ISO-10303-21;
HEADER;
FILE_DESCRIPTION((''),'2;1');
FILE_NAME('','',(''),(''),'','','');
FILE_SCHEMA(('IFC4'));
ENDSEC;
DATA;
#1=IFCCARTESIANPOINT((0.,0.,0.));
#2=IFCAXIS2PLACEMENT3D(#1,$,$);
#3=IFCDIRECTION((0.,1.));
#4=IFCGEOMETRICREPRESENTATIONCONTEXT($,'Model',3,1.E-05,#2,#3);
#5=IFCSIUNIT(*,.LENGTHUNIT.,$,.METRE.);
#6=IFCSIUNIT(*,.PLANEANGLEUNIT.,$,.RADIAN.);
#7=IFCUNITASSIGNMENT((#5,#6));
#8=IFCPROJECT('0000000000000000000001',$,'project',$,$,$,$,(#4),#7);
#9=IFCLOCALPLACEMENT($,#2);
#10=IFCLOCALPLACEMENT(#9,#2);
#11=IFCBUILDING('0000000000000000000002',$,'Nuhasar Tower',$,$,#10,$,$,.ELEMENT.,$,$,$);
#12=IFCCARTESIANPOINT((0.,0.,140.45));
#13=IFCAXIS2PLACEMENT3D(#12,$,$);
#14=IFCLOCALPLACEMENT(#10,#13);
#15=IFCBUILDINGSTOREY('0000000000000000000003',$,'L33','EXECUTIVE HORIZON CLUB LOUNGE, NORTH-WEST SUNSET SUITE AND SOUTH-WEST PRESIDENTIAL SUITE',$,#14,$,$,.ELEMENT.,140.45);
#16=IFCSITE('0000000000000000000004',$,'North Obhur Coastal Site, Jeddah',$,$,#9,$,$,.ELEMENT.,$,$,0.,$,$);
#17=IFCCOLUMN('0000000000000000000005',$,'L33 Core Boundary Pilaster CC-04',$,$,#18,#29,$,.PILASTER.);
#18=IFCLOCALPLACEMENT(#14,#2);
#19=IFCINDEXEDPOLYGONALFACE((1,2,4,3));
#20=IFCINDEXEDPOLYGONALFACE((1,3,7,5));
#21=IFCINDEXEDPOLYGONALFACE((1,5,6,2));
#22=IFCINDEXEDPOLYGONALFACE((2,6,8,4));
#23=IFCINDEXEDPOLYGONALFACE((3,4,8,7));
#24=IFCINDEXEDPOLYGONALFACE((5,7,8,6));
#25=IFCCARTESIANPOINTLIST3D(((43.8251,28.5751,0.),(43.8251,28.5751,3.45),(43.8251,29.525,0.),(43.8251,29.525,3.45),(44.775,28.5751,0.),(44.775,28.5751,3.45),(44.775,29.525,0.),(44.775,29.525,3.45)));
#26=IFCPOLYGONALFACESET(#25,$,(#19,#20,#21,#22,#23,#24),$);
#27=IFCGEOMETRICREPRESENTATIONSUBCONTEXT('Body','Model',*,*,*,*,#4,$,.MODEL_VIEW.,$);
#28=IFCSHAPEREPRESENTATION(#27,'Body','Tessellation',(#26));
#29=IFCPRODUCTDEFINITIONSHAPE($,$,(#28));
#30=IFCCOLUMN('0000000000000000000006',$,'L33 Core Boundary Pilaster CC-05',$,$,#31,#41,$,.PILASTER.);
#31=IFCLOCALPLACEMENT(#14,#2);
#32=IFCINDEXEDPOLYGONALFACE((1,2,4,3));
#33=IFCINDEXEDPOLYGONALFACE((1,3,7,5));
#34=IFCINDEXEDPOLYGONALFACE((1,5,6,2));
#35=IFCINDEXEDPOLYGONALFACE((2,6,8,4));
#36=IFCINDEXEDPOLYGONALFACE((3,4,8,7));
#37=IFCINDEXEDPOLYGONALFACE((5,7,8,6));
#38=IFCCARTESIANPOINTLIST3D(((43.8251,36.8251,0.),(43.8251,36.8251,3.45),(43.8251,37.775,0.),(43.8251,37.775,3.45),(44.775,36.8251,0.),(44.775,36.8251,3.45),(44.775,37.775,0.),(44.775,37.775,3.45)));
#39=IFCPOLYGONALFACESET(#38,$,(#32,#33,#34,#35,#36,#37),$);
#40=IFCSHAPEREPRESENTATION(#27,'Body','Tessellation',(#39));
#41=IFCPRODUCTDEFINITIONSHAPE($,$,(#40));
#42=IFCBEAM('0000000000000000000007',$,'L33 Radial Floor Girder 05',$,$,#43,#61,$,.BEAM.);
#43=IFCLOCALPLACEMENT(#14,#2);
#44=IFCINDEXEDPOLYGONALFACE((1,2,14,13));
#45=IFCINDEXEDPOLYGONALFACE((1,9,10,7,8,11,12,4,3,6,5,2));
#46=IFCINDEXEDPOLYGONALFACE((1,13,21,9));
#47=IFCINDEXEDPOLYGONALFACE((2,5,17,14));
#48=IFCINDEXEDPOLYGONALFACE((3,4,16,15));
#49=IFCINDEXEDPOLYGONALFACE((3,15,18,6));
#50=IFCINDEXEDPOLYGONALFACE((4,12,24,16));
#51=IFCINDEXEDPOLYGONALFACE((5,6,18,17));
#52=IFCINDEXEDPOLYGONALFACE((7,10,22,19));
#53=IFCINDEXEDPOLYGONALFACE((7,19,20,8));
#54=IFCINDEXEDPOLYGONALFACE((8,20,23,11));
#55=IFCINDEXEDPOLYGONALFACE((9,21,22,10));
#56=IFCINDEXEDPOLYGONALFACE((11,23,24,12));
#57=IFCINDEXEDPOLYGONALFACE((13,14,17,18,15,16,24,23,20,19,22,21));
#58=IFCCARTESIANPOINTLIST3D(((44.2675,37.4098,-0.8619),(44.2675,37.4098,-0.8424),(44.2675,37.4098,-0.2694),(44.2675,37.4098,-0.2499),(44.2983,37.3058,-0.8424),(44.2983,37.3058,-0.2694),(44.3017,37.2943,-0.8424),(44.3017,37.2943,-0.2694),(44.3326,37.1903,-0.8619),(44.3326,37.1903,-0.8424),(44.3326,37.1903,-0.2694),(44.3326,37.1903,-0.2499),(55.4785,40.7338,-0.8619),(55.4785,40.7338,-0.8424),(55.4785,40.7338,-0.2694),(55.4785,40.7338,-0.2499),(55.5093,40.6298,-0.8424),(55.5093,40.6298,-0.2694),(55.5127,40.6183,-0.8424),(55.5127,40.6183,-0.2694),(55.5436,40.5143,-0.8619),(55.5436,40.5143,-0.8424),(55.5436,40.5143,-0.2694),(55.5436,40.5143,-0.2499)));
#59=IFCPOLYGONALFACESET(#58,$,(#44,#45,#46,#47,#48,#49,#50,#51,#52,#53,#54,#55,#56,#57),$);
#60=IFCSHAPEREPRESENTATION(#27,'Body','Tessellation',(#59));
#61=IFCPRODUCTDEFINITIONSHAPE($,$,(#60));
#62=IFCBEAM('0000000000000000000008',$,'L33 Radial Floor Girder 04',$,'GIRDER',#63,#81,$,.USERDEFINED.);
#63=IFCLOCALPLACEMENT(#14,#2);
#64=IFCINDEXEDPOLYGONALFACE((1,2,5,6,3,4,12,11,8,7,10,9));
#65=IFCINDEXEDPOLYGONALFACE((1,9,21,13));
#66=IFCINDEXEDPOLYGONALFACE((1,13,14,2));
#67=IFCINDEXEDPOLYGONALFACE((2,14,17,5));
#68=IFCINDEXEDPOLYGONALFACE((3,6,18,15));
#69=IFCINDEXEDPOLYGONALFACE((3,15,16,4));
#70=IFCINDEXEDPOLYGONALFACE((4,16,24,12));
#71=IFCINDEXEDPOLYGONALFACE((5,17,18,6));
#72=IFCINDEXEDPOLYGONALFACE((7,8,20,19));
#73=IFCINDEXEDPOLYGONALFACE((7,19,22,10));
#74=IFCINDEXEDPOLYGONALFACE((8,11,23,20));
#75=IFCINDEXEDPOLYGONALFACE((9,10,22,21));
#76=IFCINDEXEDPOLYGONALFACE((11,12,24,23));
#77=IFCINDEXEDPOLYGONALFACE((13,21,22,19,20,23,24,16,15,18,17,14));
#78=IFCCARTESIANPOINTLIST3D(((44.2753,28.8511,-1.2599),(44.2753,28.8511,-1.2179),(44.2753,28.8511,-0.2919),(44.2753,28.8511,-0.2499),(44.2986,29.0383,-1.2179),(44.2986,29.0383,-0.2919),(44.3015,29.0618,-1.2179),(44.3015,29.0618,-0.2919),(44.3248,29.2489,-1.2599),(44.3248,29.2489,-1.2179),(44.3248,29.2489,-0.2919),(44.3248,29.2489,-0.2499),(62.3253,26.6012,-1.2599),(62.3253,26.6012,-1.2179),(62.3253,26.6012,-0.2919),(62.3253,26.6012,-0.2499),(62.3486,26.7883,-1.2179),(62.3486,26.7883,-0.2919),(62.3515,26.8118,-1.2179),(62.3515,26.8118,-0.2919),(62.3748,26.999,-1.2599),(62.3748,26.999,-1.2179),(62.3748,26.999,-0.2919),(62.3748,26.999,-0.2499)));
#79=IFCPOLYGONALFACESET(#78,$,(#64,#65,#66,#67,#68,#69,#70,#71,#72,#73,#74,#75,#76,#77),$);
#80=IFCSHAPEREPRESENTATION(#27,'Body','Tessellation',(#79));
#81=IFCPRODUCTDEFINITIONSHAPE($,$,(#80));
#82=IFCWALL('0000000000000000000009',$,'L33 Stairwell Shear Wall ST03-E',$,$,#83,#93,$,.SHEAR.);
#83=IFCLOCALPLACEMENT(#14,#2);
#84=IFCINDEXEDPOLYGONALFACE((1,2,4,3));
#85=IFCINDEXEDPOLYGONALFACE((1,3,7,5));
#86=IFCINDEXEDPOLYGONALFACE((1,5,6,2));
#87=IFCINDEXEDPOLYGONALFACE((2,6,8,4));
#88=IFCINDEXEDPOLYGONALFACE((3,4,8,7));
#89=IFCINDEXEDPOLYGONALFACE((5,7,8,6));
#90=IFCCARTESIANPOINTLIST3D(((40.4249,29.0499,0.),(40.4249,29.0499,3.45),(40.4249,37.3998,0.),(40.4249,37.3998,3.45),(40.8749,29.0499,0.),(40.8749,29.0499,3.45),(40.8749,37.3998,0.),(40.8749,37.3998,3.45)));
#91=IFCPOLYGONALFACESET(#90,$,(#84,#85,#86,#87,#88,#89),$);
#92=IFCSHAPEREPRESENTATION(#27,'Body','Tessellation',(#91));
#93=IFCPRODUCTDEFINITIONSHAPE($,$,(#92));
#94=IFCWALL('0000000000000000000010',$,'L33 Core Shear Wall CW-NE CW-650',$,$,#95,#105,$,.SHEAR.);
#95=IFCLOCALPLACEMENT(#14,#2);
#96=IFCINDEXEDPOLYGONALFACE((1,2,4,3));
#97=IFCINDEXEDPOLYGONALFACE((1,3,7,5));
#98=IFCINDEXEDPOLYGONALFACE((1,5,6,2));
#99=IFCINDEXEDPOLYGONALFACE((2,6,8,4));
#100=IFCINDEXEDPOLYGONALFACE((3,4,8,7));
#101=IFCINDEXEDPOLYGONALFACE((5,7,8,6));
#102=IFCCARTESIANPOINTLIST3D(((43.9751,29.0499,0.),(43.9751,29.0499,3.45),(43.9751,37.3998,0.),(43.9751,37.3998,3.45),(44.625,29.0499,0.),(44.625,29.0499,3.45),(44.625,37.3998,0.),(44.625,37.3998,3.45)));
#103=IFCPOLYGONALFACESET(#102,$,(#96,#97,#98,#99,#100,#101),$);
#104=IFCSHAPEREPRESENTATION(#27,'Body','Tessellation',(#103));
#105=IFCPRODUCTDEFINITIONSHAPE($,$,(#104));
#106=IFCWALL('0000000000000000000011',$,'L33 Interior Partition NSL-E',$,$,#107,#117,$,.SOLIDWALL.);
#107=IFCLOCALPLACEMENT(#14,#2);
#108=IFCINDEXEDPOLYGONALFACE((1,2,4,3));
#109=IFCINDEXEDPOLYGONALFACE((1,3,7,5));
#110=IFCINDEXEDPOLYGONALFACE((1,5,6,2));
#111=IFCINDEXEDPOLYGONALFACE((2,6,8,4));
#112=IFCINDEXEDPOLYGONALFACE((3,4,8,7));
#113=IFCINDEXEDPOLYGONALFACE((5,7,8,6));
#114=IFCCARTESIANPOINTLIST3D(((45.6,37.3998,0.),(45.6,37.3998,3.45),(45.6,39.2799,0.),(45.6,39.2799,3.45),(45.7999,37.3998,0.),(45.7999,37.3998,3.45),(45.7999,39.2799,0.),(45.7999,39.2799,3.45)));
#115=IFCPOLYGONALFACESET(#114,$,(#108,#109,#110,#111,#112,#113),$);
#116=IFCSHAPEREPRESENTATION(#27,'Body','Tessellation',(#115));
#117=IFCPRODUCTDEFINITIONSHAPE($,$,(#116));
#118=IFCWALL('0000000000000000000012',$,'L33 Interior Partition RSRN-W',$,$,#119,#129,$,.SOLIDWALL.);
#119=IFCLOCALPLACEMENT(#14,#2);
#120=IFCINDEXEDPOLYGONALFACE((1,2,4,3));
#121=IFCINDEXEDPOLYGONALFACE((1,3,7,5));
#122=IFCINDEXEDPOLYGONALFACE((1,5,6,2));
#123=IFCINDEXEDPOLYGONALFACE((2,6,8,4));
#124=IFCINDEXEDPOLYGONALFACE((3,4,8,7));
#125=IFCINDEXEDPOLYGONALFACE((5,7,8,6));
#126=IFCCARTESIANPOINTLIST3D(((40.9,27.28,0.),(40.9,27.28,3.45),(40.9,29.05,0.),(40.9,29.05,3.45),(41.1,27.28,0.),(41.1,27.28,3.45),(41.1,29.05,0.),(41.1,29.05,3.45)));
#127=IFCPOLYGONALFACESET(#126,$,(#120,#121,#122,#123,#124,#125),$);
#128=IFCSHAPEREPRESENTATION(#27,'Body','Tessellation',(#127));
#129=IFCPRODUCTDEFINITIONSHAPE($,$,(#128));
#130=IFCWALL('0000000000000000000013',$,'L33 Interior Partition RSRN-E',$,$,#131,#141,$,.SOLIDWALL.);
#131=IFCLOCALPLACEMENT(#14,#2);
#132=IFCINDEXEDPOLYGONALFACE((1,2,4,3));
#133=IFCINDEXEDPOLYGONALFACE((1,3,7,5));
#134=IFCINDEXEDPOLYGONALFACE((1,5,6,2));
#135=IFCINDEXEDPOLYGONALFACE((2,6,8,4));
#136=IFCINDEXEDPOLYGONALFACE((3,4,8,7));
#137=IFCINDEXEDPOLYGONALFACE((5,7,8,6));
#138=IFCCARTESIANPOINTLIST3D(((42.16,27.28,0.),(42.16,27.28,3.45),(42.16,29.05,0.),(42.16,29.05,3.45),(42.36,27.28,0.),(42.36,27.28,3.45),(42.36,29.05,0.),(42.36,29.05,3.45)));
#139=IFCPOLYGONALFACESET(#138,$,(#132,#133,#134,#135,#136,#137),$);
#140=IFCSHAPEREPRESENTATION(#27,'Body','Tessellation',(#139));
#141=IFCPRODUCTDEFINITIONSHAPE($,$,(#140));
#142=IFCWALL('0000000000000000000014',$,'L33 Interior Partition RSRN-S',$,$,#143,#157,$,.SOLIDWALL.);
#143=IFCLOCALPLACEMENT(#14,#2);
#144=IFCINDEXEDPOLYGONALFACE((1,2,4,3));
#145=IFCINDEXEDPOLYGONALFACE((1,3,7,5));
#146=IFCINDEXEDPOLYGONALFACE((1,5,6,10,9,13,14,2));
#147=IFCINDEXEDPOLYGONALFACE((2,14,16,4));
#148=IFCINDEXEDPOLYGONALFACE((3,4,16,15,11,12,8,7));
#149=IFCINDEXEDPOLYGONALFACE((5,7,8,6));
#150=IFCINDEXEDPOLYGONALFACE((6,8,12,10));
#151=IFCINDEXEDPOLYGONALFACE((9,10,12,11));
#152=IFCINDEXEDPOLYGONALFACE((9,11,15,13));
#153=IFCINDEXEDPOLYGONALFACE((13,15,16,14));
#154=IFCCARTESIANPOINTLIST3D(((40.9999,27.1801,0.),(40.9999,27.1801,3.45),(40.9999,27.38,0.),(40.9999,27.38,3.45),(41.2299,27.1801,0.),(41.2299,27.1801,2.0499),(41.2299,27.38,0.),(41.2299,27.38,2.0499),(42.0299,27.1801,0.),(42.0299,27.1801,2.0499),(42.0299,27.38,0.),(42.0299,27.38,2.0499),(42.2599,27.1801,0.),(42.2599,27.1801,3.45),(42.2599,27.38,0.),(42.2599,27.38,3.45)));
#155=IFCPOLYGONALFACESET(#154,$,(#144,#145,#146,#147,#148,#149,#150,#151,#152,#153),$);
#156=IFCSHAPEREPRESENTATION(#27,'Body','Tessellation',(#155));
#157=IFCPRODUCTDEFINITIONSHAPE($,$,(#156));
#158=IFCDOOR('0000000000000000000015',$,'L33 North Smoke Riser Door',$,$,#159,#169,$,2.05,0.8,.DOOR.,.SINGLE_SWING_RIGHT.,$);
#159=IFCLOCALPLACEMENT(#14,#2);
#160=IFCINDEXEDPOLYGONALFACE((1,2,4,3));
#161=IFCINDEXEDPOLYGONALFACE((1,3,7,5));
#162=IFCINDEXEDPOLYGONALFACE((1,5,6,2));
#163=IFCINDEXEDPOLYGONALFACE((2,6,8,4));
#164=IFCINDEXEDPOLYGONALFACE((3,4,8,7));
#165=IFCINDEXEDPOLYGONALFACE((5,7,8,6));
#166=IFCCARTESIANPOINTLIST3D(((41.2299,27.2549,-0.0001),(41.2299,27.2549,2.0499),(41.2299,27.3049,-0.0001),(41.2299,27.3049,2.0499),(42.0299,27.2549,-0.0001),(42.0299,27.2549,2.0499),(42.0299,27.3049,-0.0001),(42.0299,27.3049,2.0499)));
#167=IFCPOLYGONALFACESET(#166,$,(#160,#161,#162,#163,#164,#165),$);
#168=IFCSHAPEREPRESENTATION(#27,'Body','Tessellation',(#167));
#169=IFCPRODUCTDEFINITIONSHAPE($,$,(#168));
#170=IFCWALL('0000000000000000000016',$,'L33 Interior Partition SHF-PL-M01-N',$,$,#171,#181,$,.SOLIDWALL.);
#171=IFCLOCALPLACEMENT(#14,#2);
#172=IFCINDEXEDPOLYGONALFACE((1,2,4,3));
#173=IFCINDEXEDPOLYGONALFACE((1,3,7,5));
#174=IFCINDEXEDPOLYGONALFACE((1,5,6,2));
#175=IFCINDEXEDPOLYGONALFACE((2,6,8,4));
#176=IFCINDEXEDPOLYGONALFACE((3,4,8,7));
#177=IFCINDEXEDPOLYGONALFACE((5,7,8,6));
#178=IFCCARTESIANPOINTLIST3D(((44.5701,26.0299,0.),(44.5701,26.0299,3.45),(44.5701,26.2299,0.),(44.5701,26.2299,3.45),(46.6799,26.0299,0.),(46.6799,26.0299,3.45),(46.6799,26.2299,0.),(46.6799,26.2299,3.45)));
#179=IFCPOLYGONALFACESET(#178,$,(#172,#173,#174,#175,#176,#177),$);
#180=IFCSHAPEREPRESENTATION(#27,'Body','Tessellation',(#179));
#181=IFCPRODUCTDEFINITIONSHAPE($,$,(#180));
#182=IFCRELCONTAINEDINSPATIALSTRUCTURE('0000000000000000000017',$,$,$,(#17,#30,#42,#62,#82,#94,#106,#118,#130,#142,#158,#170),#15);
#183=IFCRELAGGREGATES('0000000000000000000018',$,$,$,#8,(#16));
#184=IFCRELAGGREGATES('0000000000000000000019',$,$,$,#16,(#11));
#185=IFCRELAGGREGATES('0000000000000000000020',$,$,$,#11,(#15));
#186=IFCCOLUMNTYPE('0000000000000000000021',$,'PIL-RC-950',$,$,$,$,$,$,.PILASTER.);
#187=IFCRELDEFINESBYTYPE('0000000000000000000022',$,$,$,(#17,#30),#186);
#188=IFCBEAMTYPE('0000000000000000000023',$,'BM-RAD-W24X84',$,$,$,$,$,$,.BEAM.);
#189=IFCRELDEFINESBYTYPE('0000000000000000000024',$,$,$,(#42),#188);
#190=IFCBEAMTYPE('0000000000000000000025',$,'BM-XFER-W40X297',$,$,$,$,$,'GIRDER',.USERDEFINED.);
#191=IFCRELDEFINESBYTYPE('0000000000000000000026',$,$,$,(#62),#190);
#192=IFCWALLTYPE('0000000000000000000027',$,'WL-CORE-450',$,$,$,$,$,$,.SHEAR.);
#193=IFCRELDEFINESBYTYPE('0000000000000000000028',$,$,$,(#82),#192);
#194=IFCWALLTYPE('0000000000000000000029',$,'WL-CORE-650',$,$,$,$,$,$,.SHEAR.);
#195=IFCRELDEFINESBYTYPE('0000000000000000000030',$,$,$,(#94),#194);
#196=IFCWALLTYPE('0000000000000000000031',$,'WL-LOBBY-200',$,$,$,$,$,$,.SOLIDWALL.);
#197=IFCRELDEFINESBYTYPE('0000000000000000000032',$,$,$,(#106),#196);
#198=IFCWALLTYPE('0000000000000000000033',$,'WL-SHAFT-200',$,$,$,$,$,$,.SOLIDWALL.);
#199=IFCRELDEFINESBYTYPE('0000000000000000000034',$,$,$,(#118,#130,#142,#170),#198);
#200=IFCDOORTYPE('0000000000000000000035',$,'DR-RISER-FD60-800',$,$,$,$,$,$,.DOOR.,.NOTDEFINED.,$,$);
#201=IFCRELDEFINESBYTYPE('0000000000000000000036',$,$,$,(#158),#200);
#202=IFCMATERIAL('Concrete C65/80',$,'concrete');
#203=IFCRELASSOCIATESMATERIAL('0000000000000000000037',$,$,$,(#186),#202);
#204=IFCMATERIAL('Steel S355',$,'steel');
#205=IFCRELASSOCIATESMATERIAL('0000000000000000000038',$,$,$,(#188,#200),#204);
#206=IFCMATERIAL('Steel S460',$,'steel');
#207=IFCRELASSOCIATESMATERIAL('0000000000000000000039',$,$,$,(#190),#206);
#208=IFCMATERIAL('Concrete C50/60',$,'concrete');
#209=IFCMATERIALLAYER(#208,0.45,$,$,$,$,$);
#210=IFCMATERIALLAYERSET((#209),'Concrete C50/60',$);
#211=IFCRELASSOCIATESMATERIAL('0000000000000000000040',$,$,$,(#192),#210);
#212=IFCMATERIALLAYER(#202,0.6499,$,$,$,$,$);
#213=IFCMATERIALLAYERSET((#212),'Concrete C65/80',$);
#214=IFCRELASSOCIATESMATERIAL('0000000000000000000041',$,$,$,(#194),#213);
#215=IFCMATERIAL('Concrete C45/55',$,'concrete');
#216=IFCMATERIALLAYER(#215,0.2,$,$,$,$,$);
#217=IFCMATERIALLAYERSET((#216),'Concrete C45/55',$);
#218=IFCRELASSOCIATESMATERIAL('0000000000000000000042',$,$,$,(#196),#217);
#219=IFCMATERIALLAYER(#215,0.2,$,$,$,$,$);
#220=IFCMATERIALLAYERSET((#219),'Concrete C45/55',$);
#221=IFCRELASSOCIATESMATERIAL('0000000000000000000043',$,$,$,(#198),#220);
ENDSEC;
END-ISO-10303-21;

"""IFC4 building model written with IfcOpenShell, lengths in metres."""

from ifc_helpers import new_model, si_unit, direction, frame, frame_2d, origin, origin_2d, place, context, subcontext, project, spatial, rectangle, i_section, extrude, material, layer, layer_set, material_profile, profile_set, type_object, element, fill, save


model = new_model("IFC4")

# Units and contexts
model_context = context("Model", 3, precision=1e-05, world=origin(), true_north=direction((0.0, 1.0)))
body_context = subcontext(model_context, "Body", "Model", "MODEL_VIEW")
ifc_project = project(units=[si_unit("LENGTHUNIT", "METRE"), si_unit("PLANEANGLEUNIT", "RADIAN")], contexts=[model_context])

# Site, building, storey
site_placement = place(None, origin())
site = spatial("IfcSite", under=ifc_project, at=site_placement, Name="North Obhur Coastal Site, Jeddah", CompositionType="ELEMENT", RefElevation=0.0)
building_placement = place(site_placement, origin())
building = spatial("IfcBuilding", under=site, at=building_placement, Name="Nuhasar Tower", CompositionType="ELEMENT")
storey_placement = place(building_placement, frame((0.0, 0.0, 140.45)))
storey = spatial("IfcBuildingStorey", under=building, at=storey_placement, Name="L33", Description="EXECUTIVE HORIZON CLUB LOUNGE, NORTH-WEST SUNSET SUITE AND SOUTH-WEST PRESIDENTIAL SUITE", CompositionType="ELEMENT", Elevation=140.45)

# Columns
ifc_material_1 = material(Name="Concrete C65/80", Category="concrete")
ifc_material_profile_1 = material_profile(ifc_material_1, rectangle(XDim=0.95, YDim=0.95, at=origin_2d()), Name="RC950X950")
ifc_profile_set_1 = profile_set([ifc_material_profile_1], Name="Concrete C65/80")
column_type = type_object("IfcColumnType", Name="PIL-RC-950", PredefinedType="PILASTER", material=ifc_profile_set_1)
for number, where, z_axis, x_axis, name in (
    (1, (44.3, 29.05, 0.0), (0.0, 0.0, 1.0), (1.0, 0.0, 0.0), "L33 Core Boundary Pilaster CC-04"),
    (2, (44.3, 37.3, 0.0), (0.0, 0.0, 1.0), (1.0, 0.0, 0.0), "L33 Core Boundary Pilaster CC-05"),
):
    element("IfcColumn", number, at=place(storey_placement, frame(where, z_axis=z_axis, x_axis=x_axis)), inside=storey, type_object=column_type, Name=name, PredefinedType="PILASTER", context=body_context, shape_type="SweptSolid", body=[
        extrude(rectangle(XDim=0.95, YDim=0.95, at=origin_2d()), origin(), (0.0, 0.0, 1.0), 3.45),
    ])

# Beams
ifc_material_2 = material(Name="Steel S355", Category="steel")
ifc_material_profile_2 = material_profile(ifc_material_2, i_section(OverallWidth=0.229, OverallDepth=0.6121, WebThickness=0.012, FlangeThickness=0.0195, at=origin_2d()), Name="W24X84")
ifc_profile_set_2 = profile_set([ifc_material_profile_2], Name="Steel S355")
beam_type_1 = type_object("IfcBeamType", Name="BM-RAD-W24X84", PredefinedType="BEAM", material=ifc_profile_set_2)
beam_1_placement = place(storey_placement, frame((44.3, 37.3, -0.5559), z_axis=(0.958746, 0.284262, 0.0), x_axis=(-0.284262, 0.958746, 0.0)))
element("IfcBeam", 3, at=beam_1_placement, inside=storey, type_object=beam_type_1, Name="L33 Radial Floor Girder 05", PredefinedType="BEAM", context=body_context, shape_type="SweptSolid", body=[
    extrude(i_section(OverallWidth=0.229, OverallDepth=0.6121, WebThickness=0.012, FlangeThickness=0.0195, at=origin_2d()), origin(), (0.0, 0.0, 1.0), 11.6934),
])
ifc_material_3 = material(Name="Steel S460", Category="steel")
ifc_material_profile_3 = material_profile(ifc_material_3, i_section(OverallWidth=0.4009, OverallDepth=1.01, WebThickness=0.0237, FlangeThickness=0.042, at=origin_2d()), Name="W40X297")
ifc_profile_set_3 = profile_set([ifc_material_profile_3], Name="Steel S460")
beam_type_2 = type_object("IfcBeamType", Name="BM-XFER-W40X297", ElementType="GIRDER", PredefinedType="USERDEFINED", material=ifc_profile_set_3)
beam_2_placement = place(storey_placement, frame((44.3, 29.05, -0.7549), z_axis=(0.99232, -0.123696, 0.0), x_axis=(0.123696, 0.99232, 0.0)))
element("IfcBeam", 4, at=beam_2_placement, inside=storey, type_object=beam_type_2, Name="L33 Radial Floor Girder 04", ObjectType="GIRDER", PredefinedType="USERDEFINED", context=body_context, shape_type="SweptSolid", body=[
    extrude(i_section(OverallWidth=0.4009, OverallDepth=1.01, WebThickness=0.0237, FlangeThickness=0.042, at=origin_2d()), origin(), (0.0, 0.0, 1.0), 18.1897),
])

# Shared definitions
ifc_material_4 = material(Name="Concrete C50/60", Category="concrete")
ifc_layer_1 = layer(ifc_material_4, 0.45)
ifc_layer_set_1 = layer_set([ifc_layer_1], Name="Concrete C50/60")
wall_type_1 = type_object("IfcWallType", Name="WL-CORE-450", PredefinedType="SHEAR", material=ifc_layer_set_1)

# Wall
wall_1_placement = place(storey_placement, frame((40.6499, 29.05, 0.0), z_axis=(0.0, 0.0, 1.0), x_axis=(0.0, 1.0, 0.0)))
element("IfcWall", 5, at=wall_1_placement, inside=storey, type_object=wall_type_1, Name="L33 Stairwell Shear Wall ST03-E", PredefinedType="SHEAR", context=body_context, shape_type="SweptSolid", body=[
    extrude(rectangle(XDim=8.3499, YDim=0.45, at=frame_2d((4.1748, 0.0))), origin(), (0.0, 0.0, 1.0), 3.45),
])

# Walls
ifc_layer_2 = layer(ifc_material_1, 0.6499)
ifc_layer_set_2 = layer_set([ifc_layer_2], Name="Concrete C65/80")
wall_type_2 = type_object("IfcWallType", Name="WL-CORE-650", PredefinedType="SHEAR", material=ifc_layer_set_2)
wall_2_placement = place(storey_placement, frame((44.3, 29.05, 0.0), z_axis=(0.0, 0.0, 1.0), x_axis=(0.0, 1.0, 0.0)))
element("IfcWall", 6, at=wall_2_placement, inside=storey, type_object=wall_type_2, Name="L33 Core Shear Wall CW-NE CW-650", PredefinedType="SHEAR", context=body_context, shape_type="SweptSolid", body=[
    extrude(rectangle(XDim=8.3499, YDim=0.6499, at=frame_2d((4.1748, 0.0))), origin(), (0.0, 0.0, 1.0), 3.45),
])
ifc_material_5 = material(Name="Concrete C45/55", Category="concrete")
ifc_layer_3 = layer(ifc_material_5, 0.2)
ifc_layer_set_3 = layer_set([ifc_layer_3], Name="Concrete C45/55")
wall_type_3 = type_object("IfcWallType", Name="WL-LOBBY-200", PredefinedType="SOLIDWALL", material=ifc_layer_set_3)
wall_3_placement = place(storey_placement, frame((45.7, 37.3999, 0.0), z_axis=(0.0, 0.0, 1.0), x_axis=(0.0, 1.0, 0.0)))
element("IfcWall", 7, at=wall_3_placement, inside=storey, type_object=wall_type_3, Name="L33 Interior Partition NSL-E", PredefinedType="SOLIDWALL", context=body_context, shape_type="SweptSolid", body=[
    extrude(rectangle(XDim=1.8801, YDim=0.2, at=frame_2d((0.9399, 0.0))), origin(), (0.0, 0.0, 1.0), 3.45),
])
ifc_layer_4 = layer(ifc_material_5, 0.2)
ifc_layer_set_4 = layer_set([ifc_layer_4], Name="Concrete C45/55")
wall_type_4 = type_object("IfcWallType", Name="WL-SHAFT-200", PredefinedType="SOLIDWALL", material=ifc_layer_set_4)
for number, where, z_axis, x_axis, name in (
    (8, (41.0, 27.28, 0.0), (0.0, 0.0, 1.0), (0.0, 1.0, 0.0), "L33 Interior Partition RSRN-W"),
    (9, (42.26, 27.28, 0.0), (0.0, 0.0, 1.0), (0.0, 1.0, 0.0), "L33 Interior Partition RSRN-E"),
):
    element("IfcWall", number, at=place(storey_placement, frame(where, z_axis=z_axis, x_axis=x_axis)), inside=storey, type_object=wall_type_4, Name=name, PredefinedType="SOLIDWALL", context=body_context, shape_type="SweptSolid", body=[
        extrude(rectangle(XDim=1.77, YDim=0.2, at=frame_2d((0.885, 0.0))), origin(), (0.0, 0.0, 1.0), 3.45),
    ])

# Wall, opening, door
wall_4_placement = place(storey_placement, frame((41.0, 27.28, 0.0), z_axis=(0.0, 0.0, 1.0), x_axis=(1.0, 0.0, 0.0)))
wall_4 = element("IfcWall", 10, at=wall_4_placement, inside=storey, type_object=wall_type_4, Name="L33 Interior Partition RSRN-S", PredefinedType="SOLIDWALL", context=body_context, shape_type="SweptSolid", body=[
    extrude(rectangle(XDim=1.26, YDim=0.2, at=frame_2d((0.6299, 0.0))), origin(), (0.0, 0.0, 1.0), 3.45),
])
opening_1_placement = place(wall_4_placement, frame((0.23, 0.0, 0.0)))
opening_1 = element("IfcOpeningElement", 11, at=opening_1_placement, cuts=wall_4, PredefinedType="OPENING", context=body_context, shape_type="SweptSolid", body=[
    extrude(rectangle(XDim=0.8, YDim=2.05, at=frame_2d((0.3999, 1.0249))), frame((0.0, 0.1099, 0.0), z_axis=(0.0, -1.0, 0.0), x_axis=(1.0, 0.0, 0.0)), (0.0, 0.0, 1.0), 0.22),
])
door_type_1 = type_object("IfcDoorType", Name="DR-RISER-FD60-800", OperationType="NOTDEFINED", PredefinedType="DOOR", material=ifc_material_2)
door_1_placement = place(opening_1_placement, origin())
door_1 = element("IfcDoor", 12, at=door_1_placement, inside=storey, type_object=door_type_1, Name="L33 North Smoke Riser Door", OperationType="SINGLE_SWING_RIGHT", OverallHeight=2.05, OverallWidth=0.8, PredefinedType="DOOR", context=body_context, shape_type="SweptSolid", body=[
    extrude(rectangle(XDim=0.8, YDim=2.05, at=frame_2d((0.3999, 1.0249))), frame((0.0, 0.0249, 0.0), z_axis=(0.0, -1.0, 0.0), x_axis=(1.0, 0.0, 0.0)), (0.0, 0.0, 1.0), 0.05),
])
fill(opening_1, door_1)

# Wall
wall_5_placement = place(storey_placement, frame((44.5701, 26.1299, 0.0), z_axis=(0.0, 0.0, 1.0), x_axis=(1.0, 0.0, 0.0)))
element("IfcWall", 13, at=wall_5_placement, inside=storey, type_object=wall_type_4, Name="L33 Interior Partition SHF-PL-M01-N", PredefinedType="SOLIDWALL", context=body_context, shape_type="SweptSolid", body=[
    extrude(rectangle(XDim=2.1099, YDim=0.2, at=frame_2d((1.0549, 0.0))), origin(), (0.0, 0.0, 1.0), 3.45),
])

save(model, "model.ifc")
